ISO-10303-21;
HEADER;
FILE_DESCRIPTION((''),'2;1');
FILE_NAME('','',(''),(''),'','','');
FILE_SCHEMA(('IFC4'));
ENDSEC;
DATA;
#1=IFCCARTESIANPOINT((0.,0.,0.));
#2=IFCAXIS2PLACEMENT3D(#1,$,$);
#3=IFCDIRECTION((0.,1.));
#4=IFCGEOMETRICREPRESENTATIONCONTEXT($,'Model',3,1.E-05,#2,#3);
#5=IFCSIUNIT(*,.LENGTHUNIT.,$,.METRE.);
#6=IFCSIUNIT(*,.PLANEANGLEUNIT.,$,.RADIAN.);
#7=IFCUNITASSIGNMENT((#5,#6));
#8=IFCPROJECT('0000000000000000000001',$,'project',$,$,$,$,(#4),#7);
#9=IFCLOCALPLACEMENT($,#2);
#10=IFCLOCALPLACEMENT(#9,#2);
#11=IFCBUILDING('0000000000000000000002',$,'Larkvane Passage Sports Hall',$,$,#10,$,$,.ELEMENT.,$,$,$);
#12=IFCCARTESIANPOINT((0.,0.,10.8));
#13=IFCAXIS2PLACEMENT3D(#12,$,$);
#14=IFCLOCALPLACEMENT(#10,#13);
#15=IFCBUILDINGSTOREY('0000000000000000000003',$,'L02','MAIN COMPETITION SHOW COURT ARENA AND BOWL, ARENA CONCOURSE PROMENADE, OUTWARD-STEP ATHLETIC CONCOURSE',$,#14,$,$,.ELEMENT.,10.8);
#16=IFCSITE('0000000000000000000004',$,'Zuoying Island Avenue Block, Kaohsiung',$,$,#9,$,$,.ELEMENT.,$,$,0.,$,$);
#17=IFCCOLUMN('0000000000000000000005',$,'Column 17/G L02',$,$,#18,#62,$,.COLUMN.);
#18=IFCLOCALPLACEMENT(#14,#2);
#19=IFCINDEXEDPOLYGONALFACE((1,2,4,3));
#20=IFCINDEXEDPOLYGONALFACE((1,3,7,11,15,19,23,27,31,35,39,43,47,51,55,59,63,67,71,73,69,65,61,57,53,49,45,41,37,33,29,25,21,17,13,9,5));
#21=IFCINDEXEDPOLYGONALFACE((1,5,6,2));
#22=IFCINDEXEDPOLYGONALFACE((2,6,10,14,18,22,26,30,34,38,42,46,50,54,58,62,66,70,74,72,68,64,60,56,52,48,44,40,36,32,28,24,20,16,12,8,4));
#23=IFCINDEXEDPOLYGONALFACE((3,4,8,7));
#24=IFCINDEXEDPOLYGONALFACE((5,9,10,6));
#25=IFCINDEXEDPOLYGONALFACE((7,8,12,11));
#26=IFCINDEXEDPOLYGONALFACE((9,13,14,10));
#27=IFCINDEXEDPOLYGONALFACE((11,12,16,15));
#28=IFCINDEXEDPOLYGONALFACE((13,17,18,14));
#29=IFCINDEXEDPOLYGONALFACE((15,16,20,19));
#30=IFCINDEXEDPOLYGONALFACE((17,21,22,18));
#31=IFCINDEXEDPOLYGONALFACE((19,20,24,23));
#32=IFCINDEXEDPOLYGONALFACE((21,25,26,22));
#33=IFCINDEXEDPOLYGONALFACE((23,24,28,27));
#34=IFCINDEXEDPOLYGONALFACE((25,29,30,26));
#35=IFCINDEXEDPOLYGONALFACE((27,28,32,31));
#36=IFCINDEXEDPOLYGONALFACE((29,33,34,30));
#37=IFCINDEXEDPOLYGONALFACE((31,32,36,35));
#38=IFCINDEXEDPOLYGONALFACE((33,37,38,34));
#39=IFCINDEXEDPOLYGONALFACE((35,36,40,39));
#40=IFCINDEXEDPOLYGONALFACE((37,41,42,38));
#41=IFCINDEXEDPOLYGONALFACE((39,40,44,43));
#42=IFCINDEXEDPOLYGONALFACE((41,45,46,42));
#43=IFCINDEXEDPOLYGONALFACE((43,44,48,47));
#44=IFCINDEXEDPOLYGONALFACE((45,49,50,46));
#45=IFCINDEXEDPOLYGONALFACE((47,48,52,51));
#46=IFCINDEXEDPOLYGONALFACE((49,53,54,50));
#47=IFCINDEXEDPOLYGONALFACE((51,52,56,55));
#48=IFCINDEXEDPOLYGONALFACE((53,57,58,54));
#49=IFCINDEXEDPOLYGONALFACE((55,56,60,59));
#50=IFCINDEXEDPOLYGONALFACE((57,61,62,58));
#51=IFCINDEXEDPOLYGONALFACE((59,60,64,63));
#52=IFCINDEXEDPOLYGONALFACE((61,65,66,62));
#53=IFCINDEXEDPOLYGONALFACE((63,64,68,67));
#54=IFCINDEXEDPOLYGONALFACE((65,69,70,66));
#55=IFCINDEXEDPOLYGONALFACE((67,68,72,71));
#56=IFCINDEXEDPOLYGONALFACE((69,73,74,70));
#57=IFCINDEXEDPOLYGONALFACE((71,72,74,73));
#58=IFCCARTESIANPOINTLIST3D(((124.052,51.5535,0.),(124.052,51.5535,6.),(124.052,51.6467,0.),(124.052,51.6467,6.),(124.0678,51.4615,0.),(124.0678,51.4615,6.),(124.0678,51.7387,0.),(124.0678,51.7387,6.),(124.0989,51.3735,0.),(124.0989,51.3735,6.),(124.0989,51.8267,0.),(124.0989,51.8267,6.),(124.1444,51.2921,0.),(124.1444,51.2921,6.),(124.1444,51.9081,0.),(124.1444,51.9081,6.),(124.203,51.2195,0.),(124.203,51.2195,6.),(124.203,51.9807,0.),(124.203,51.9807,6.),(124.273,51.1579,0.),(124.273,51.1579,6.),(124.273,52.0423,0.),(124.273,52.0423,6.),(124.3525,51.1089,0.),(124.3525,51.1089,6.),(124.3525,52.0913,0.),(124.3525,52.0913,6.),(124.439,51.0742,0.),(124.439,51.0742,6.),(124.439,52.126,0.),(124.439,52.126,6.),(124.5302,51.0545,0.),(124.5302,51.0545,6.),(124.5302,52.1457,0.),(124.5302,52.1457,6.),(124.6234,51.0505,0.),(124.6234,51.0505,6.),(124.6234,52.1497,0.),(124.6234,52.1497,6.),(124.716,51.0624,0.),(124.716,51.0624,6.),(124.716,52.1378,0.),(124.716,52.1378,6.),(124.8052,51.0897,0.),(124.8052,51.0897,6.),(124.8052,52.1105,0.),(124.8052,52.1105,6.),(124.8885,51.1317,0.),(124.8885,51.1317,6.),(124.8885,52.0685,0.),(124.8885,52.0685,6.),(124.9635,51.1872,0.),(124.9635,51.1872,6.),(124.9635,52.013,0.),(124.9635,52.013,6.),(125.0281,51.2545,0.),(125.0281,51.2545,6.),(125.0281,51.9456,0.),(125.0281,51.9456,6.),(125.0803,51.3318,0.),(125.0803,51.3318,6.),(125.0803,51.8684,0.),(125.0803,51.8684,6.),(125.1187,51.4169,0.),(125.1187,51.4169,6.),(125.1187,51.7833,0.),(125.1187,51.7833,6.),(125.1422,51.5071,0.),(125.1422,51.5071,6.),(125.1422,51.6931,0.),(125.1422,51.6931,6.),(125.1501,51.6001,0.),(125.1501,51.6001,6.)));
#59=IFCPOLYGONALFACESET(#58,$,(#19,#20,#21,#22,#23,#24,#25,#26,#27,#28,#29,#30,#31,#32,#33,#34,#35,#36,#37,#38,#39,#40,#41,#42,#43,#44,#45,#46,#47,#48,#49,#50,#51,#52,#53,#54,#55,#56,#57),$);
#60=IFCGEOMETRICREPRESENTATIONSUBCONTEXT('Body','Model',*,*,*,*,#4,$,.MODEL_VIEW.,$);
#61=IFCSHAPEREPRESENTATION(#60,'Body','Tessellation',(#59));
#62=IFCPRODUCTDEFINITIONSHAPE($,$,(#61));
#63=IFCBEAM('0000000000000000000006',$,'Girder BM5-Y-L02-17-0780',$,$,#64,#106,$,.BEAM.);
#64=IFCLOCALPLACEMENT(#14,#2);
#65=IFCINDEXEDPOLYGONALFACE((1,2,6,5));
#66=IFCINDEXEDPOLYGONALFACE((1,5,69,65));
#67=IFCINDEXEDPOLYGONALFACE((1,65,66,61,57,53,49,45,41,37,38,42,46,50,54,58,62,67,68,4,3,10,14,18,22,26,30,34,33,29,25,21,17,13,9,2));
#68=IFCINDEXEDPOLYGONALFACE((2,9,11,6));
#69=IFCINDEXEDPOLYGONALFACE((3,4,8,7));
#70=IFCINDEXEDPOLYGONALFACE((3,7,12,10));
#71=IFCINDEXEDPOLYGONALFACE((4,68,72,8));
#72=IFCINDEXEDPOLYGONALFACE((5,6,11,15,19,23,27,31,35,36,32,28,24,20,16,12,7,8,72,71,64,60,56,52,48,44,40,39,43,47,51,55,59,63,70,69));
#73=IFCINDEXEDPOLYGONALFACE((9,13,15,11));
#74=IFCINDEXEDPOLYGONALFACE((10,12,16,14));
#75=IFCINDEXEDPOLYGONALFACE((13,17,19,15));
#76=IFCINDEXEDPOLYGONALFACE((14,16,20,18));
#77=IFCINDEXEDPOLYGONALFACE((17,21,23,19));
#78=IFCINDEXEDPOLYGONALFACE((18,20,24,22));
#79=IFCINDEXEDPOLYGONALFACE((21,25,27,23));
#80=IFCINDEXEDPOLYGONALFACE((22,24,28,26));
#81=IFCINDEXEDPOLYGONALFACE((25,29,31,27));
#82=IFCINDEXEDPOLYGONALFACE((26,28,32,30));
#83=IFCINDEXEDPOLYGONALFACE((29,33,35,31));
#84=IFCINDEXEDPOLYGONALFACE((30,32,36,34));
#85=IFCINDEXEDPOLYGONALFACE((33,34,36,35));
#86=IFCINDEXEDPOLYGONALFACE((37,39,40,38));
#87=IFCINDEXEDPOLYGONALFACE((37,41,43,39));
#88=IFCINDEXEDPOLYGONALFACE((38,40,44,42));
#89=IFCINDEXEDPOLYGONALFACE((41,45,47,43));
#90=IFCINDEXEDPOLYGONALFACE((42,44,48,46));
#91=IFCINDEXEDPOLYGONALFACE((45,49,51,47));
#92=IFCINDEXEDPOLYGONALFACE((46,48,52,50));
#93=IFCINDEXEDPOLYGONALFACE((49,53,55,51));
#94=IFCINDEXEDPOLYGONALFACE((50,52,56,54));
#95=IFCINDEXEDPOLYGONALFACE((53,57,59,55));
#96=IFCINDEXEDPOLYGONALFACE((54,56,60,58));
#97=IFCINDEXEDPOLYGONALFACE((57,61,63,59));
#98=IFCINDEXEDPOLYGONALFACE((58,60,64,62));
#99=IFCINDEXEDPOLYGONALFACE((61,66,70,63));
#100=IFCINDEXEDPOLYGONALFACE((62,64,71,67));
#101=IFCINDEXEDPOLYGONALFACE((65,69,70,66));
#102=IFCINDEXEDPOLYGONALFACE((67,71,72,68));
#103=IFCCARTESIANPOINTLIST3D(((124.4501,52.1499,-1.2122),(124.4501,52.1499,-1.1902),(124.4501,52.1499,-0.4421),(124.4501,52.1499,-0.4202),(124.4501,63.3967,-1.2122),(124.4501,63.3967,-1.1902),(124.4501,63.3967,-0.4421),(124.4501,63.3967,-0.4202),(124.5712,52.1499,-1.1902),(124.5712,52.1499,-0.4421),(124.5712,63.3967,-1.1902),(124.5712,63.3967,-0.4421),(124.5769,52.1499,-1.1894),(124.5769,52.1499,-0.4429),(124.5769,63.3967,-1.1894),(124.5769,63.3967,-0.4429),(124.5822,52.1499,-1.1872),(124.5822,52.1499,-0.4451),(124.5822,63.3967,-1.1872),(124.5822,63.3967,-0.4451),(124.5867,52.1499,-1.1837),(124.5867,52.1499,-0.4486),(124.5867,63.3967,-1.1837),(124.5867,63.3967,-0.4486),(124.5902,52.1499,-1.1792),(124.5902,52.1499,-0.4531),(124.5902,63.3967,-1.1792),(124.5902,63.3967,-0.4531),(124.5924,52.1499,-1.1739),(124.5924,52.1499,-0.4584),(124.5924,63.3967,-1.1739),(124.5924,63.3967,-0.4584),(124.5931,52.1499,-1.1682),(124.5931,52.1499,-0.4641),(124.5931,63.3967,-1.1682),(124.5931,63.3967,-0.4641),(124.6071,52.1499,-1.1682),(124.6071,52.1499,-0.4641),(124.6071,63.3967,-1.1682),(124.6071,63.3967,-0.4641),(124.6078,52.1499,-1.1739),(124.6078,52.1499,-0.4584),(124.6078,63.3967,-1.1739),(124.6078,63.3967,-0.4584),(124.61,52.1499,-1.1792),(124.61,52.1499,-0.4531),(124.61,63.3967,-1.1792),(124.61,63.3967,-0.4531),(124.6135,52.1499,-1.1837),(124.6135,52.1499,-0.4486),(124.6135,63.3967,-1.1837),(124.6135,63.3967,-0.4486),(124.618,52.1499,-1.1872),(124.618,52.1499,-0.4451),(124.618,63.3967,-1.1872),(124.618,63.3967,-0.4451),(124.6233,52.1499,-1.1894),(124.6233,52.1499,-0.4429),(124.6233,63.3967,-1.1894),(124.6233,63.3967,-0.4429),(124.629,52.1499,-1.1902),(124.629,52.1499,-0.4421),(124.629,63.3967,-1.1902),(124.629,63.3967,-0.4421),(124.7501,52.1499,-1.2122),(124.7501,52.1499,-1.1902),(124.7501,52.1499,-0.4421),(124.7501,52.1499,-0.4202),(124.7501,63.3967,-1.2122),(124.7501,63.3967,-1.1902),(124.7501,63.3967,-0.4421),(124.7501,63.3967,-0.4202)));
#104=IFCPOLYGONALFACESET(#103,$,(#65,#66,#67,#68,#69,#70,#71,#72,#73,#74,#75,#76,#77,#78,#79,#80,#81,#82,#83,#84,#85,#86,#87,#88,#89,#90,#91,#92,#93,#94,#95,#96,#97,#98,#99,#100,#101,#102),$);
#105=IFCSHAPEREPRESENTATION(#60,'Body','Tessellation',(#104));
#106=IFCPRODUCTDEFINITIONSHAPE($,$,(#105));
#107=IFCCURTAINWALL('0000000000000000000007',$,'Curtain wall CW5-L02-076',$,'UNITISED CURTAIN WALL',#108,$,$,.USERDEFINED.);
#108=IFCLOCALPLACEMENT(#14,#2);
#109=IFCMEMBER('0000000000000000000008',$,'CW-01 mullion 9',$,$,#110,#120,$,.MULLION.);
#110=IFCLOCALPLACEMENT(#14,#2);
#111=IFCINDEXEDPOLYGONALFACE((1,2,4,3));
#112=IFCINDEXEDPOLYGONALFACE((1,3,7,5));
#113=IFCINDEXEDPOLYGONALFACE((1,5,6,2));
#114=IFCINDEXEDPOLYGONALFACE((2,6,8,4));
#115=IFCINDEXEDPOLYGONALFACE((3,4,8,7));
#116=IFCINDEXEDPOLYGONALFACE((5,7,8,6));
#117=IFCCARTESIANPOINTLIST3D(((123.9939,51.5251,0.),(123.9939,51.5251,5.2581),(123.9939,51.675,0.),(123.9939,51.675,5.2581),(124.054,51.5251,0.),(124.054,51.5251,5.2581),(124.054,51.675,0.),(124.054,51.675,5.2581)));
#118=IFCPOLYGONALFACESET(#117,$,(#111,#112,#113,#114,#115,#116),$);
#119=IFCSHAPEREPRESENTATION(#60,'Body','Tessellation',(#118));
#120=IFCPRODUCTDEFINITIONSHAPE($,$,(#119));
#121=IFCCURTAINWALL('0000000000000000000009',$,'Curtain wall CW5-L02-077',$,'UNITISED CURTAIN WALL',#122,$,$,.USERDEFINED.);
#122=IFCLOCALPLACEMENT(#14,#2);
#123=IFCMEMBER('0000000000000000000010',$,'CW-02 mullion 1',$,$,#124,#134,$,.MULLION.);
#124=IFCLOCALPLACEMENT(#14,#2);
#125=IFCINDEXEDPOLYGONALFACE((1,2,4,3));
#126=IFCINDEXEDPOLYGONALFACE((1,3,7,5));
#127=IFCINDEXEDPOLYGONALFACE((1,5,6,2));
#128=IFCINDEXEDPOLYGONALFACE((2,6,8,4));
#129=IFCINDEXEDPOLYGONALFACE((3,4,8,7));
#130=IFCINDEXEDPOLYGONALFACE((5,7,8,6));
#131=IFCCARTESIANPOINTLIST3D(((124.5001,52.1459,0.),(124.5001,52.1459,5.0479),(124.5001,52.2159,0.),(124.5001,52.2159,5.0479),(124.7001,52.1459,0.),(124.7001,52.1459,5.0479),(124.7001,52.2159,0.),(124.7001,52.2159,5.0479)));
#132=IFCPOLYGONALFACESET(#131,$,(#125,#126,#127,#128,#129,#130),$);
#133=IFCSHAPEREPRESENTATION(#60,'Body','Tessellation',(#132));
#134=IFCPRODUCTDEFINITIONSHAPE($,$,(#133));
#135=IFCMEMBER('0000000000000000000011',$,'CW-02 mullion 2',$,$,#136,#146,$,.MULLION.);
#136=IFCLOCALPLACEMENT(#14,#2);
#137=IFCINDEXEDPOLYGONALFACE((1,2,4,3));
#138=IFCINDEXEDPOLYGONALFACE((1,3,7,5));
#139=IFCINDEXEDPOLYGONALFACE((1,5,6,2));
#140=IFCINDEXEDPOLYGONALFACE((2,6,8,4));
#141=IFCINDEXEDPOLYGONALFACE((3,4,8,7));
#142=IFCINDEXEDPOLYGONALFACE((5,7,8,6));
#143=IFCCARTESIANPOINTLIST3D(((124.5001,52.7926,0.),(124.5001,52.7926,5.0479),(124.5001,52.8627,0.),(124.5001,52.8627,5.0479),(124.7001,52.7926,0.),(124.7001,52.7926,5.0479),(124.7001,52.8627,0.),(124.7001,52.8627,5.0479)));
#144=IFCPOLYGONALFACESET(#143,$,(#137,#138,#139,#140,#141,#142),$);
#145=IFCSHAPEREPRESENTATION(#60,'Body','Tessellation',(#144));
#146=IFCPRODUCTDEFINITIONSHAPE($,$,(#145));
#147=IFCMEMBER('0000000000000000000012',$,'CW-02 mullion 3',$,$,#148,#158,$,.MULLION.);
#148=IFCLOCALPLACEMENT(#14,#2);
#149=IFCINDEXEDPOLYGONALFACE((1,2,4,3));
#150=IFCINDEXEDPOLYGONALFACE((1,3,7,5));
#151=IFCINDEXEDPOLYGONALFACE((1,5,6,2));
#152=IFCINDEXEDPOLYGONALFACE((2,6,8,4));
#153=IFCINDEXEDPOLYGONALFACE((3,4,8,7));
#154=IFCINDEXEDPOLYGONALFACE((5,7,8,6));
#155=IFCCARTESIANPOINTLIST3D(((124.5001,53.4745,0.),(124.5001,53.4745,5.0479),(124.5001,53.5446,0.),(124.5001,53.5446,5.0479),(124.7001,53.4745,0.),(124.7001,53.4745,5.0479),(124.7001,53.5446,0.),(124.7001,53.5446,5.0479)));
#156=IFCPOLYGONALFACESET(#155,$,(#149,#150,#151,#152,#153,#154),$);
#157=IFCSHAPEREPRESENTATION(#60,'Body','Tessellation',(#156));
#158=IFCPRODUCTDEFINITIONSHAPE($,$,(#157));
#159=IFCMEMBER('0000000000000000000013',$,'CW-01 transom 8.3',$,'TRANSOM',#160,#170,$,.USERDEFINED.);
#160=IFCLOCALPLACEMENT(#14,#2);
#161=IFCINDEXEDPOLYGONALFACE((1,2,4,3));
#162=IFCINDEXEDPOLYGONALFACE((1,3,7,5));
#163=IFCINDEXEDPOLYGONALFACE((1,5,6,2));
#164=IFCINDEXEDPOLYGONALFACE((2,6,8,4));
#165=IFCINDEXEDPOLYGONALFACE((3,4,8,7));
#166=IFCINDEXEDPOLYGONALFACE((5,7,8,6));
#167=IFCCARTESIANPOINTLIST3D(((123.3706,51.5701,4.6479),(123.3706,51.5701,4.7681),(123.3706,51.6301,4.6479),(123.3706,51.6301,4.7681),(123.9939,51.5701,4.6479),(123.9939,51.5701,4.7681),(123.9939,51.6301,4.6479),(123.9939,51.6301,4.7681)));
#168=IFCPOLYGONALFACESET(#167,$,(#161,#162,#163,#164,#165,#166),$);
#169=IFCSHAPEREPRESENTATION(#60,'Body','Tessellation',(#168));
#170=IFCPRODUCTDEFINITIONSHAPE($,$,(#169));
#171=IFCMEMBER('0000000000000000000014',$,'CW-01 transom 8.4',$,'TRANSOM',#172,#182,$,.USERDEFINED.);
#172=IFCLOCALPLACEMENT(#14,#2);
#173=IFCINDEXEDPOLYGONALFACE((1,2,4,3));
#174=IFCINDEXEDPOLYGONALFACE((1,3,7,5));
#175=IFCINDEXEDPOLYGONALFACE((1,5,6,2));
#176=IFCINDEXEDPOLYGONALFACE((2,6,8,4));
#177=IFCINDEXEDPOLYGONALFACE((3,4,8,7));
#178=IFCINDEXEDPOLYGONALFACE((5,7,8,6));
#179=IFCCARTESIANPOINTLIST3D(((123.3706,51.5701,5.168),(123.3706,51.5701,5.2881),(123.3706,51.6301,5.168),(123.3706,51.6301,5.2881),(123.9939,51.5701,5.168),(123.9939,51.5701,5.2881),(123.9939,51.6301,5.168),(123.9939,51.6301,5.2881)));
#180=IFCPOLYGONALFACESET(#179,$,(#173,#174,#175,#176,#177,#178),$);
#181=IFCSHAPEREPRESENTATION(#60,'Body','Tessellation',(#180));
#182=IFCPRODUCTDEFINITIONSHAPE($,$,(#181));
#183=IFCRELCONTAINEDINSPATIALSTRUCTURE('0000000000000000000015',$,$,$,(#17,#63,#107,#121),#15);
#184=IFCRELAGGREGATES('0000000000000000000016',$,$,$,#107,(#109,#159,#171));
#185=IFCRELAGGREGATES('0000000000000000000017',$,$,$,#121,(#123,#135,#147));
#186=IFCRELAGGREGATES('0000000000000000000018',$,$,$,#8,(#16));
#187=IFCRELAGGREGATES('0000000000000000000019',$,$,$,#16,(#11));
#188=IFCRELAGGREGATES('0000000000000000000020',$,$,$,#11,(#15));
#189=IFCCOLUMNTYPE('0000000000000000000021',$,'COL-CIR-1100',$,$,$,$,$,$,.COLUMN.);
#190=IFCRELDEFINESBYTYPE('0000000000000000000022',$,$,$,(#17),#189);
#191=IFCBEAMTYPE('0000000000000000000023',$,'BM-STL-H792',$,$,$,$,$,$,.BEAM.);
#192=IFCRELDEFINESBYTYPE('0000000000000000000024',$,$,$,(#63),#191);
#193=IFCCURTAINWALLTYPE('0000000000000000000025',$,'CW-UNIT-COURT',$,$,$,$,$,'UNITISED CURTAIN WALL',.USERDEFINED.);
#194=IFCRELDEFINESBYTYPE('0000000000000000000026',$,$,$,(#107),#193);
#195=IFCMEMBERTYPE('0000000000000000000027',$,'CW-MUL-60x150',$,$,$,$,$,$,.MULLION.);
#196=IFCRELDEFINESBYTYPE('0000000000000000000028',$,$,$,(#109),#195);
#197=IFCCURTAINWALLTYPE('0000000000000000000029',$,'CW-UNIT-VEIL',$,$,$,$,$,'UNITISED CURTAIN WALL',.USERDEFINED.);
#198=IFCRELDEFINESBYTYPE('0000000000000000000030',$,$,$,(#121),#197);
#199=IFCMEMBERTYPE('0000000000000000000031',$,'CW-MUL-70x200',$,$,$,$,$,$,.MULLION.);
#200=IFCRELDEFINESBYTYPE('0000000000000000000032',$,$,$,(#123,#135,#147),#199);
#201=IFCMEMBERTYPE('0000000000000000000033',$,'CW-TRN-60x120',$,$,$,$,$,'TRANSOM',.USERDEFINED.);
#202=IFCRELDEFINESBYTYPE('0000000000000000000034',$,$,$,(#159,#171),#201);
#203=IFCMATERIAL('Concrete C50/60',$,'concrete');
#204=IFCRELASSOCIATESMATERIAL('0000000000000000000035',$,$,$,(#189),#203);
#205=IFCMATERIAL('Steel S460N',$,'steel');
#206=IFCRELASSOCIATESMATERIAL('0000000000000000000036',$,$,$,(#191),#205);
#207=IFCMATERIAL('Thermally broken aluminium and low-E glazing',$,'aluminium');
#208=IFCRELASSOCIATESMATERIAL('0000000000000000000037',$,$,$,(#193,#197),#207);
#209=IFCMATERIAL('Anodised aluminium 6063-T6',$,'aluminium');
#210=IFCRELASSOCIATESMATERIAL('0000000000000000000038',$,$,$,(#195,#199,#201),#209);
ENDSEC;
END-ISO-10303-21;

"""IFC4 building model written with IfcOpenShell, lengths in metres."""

from ifc_helpers import new_model, si_unit, direction, frame, origin, origin_2d, place, context, subcontext, project, spatial, rectangle, circle, i_section, extrude, material, material_profile, profile_set, type_object, element, aggregate, save


model = new_model("IFC4")

# Units and contexts
model_context = context("Model", 3, precision=1e-05, world=origin(), true_north=direction((0.0, 1.0)))
body_context = subcontext(model_context, "Body", "Model", "MODEL_VIEW")
ifc_project = project(units=[si_unit("LENGTHUNIT", "METRE"), si_unit("PLANEANGLEUNIT", "RADIAN")], contexts=[model_context])

# Site, building, storey
site_placement = place(None, origin())
site = spatial("IfcSite", under=ifc_project, at=site_placement, Name="Zuoying Island Avenue Block, Kaohsiung", CompositionType="ELEMENT", RefElevation=0.0)
building_placement = place(site_placement, origin())
building = spatial("IfcBuilding", under=site, at=building_placement, Name="Larkvane Passage Sports Hall", CompositionType="ELEMENT")
storey_placement = place(building_placement, frame((0.0, 0.0, 10.8)))
storey = spatial("IfcBuildingStorey", under=building, at=storey_placement, Name="L02", Description="MAIN COMPETITION SHOW COURT ARENA AND BOWL, ARENA CONCOURSE PROMENADE, OUTWARD-STEP ATHLETIC CONCOURSE", CompositionType="ELEMENT", Elevation=10.8)

# Column
ifc_material_1 = material(Name="Concrete C50/60", Category="concrete")
ifc_material_profile_1 = material_profile(ifc_material_1, circle(Radius=0.55, at=origin_2d()), Name="RC-CIR-1100")
ifc_profile_set_1 = profile_set([ifc_material_profile_1], Name="Concrete C50/60")
column_type = type_object("IfcColumnType", Name="COL-CIR-1100", PredefinedType="COLUMN", material=ifc_profile_set_1)
column_placement = place(storey_placement, frame((124.6001, 51.6001, 0.0), z_axis=(0.0, 0.0, 1.0), x_axis=(1.0, 0.0, 0.0)))
element("IfcColumn", 1, at=column_placement, inside=storey, type_object=column_type, Name="Column 17/G L02", PredefinedType="COLUMN", context=body_context, shape_type="SweptSolid", body=[
    extrude(circle(Radius=0.55, at=origin_2d()), origin(), (0.0, 0.0, 1.0), 6.0),
])

# Beam
ifc_material_2 = material(Name="Steel S460N", Category="steel")
ifc_material_profile_2 = material_profile(ifc_material_2, i_section(OverallWidth=0.3, OverallDepth=0.792, WebThickness=0.0139, FlangeThickness=0.022, FilletRadius=0.022, at=origin_2d()), Name="H-792x300x14x22")
ifc_profile_set_2 = profile_set([ifc_material_profile_2], Name="Steel S460N")
beam_type = type_object("IfcBeamType", Name="BM-STL-H792", PredefinedType="BEAM", material=ifc_profile_set_2)
beam_placement = place(storey_placement, frame((124.6001, 52.1499, -0.8162), z_axis=(0.0, 1.0, 0.0), x_axis=(-1.0, 0.0, 0.0)))
element("IfcBeam", 2, at=beam_placement, inside=storey, type_object=beam_type, Name="Girder BM5-Y-L02-17-0780", PredefinedType="BEAM", context=body_context, shape_type="SweptSolid", body=[
    extrude(i_section(OverallWidth=0.3, OverallDepth=0.792, WebThickness=0.0139, FlangeThickness=0.022, FilletRadius=0.022, at=origin_2d()), origin(), (0.0, 0.0, 1.0), 11.2468),
])

# Curtain wall, member
ifc_material_3 = material(Name="Thermally broken aluminium and low-E glazing", Category="aluminium")
curtain_wall_type_1 = type_object("IfcCurtainWallType", Name="CW-UNIT-COURT", ElementType="UNITISED CURTAIN WALL", PredefinedType="USERDEFINED", material=ifc_material_3)
curtain_wall_1_placement = place(storey_placement, origin())
curtain_wall_1 = element("IfcCurtainWall", 3, at=curtain_wall_1_placement, inside=storey, type_object=curtain_wall_type_1, Name="Curtain wall CW5-L02-076", ObjectType="UNITISED CURTAIN WALL", PredefinedType="USERDEFINED")
ifc_material_4 = material(Name="Anodised aluminium 6063-T6", Category="aluminium")
ifc_material_profile_3 = material_profile(ifc_material_4, rectangle(XDim=0.0601, YDim=0.1499, at=origin_2d()), Name="ALU-MUL-60x150")
ifc_profile_set_3 = profile_set([ifc_material_profile_3], Name="Anodised aluminium 6063-T6")
member_type_1 = type_object("IfcMemberType", Name="CW-MUL-60x150", PredefinedType="MULLION", material=ifc_profile_set_3)
member_1_placement = place(storey_placement, frame((124.0239, 51.6001, 0.0), z_axis=(0.0, 0.0, 1.0), x_axis=(1.0, 0.0, 0.0)))
member_1 = element("IfcMember", 4, at=member_1_placement, type_object=member_type_1, Name="CW-01 mullion 9", PredefinedType="MULLION", context=body_context, shape_type="SweptSolid", body=[
    extrude(rectangle(XDim=0.0601, YDim=0.1499, at=origin_2d()), origin(), (0.0, 0.0, 1.0), 5.2581),
])

# Curtain wall, members
curtain_wall_type_2 = type_object("IfcCurtainWallType", Name="CW-UNIT-VEIL", ElementType="UNITISED CURTAIN WALL", PredefinedType="USERDEFINED", material=ifc_material_3)
curtain_wall_2_placement = place(storey_placement, origin())
curtain_wall_2 = element("IfcCurtainWall", 5, at=curtain_wall_2_placement, inside=storey, type_object=curtain_wall_type_2, Name="Curtain wall CW5-L02-077", ObjectType="UNITISED CURTAIN WALL", PredefinedType="USERDEFINED")
ifc_material_profile_4 = material_profile(ifc_material_4, rectangle(XDim=0.0701, YDim=0.2, at=origin_2d()), Name="ALU-MUL-70x200")
ifc_profile_set_4 = profile_set([ifc_material_profile_4], Name="Anodised aluminium 6063-T6")
member_type_2 = type_object("IfcMemberType", Name="CW-MUL-70x200", PredefinedType="MULLION", material=ifc_profile_set_4)
member_2_placement = place(storey_placement, frame((124.6001, 52.1809, 0.0), z_axis=(0.0, 0.0, 1.0), x_axis=(0.0, 1.0, 0.0)))
member_2 = element("IfcMember", 6, at=member_2_placement, type_object=member_type_2, Name="CW-02 mullion 1", PredefinedType="MULLION", context=body_context, shape_type="SweptSolid", body=[
    extrude(rectangle(XDim=0.0701, YDim=0.2, at=origin_2d()), origin(), (0.0, 0.0, 1.0), 5.0479),
])
member_3_placement = place(storey_placement, frame((124.6001, 52.8276, 0.0), z_axis=(0.0, 0.0, 1.0), x_axis=(0.0, 1.0, 0.0)))
member_3 = element("IfcMember", 7, at=member_3_placement, type_object=member_type_2, Name="CW-02 mullion 2", PredefinedType="MULLION", context=body_context, shape_type="SweptSolid", body=[
    extrude(rectangle(XDim=0.0701, YDim=0.2, at=origin_2d()), origin(), (0.0, 0.0, 1.0), 5.0479),
])
member_4_placement = place(storey_placement, frame((124.6001, 53.5095, 0.0), z_axis=(0.0, 0.0, 1.0), x_axis=(0.0, 1.0, 0.0)))
member_4 = element("IfcMember", 8, at=member_4_placement, type_object=member_type_2, Name="CW-02 mullion 3", PredefinedType="MULLION", context=body_context, shape_type="SweptSolid", body=[
    extrude(rectangle(XDim=0.0701, YDim=0.2, at=origin_2d()), origin(), (0.0, 0.0, 1.0), 5.0479),
])

# Members
ifc_material_profile_5 = material_profile(ifc_material_4, rectangle(XDim=0.0601, YDim=0.1201, at=origin_2d()), Name="ALU-TRN-60x120")
ifc_profile_set_5 = profile_set([ifc_material_profile_5], Name="Anodised aluminium 6063-T6")
member_type_3 = type_object("IfcMemberType", Name="CW-TRN-60x120", ElementType="TRANSOM", PredefinedType="USERDEFINED", material=ifc_profile_set_5)
member_5_placement = place(storey_placement, frame((123.3706, 51.6001, 4.708), z_axis=(1.0, 0.0, 0.0), x_axis=(0.0, 1.0, 0.0)))
member_5 = element("IfcMember", 9, at=member_5_placement, type_object=member_type_3, Name="CW-01 transom 8.3", ObjectType="TRANSOM", PredefinedType="USERDEFINED", context=body_context, shape_type="SweptSolid", body=[
    extrude(rectangle(XDim=0.0601, YDim=0.1201, at=origin_2d()), origin(), (0.0, 0.0, 1.0), 0.6233),
])
member_6_placement = place(storey_placement, frame((123.3706, 51.6001, 5.228), z_axis=(1.0, 0.0, 0.0), x_axis=(0.0, 1.0, 0.0)))
member_6 = element("IfcMember", 10, at=member_6_placement, type_object=member_type_3, Name="CW-01 transom 8.4", ObjectType="TRANSOM", PredefinedType="USERDEFINED", context=body_context, shape_type="SweptSolid", body=[
    extrude(rectangle(XDim=0.0601, YDim=0.1201, at=origin_2d()), origin(), (0.0, 0.0, 1.0), 0.6233),
])

aggregate(curtain_wall_1, [member_1, member_5, member_6])
aggregate(curtain_wall_2, [member_2, member_3, member_4])

save(model, "model.ifc")
